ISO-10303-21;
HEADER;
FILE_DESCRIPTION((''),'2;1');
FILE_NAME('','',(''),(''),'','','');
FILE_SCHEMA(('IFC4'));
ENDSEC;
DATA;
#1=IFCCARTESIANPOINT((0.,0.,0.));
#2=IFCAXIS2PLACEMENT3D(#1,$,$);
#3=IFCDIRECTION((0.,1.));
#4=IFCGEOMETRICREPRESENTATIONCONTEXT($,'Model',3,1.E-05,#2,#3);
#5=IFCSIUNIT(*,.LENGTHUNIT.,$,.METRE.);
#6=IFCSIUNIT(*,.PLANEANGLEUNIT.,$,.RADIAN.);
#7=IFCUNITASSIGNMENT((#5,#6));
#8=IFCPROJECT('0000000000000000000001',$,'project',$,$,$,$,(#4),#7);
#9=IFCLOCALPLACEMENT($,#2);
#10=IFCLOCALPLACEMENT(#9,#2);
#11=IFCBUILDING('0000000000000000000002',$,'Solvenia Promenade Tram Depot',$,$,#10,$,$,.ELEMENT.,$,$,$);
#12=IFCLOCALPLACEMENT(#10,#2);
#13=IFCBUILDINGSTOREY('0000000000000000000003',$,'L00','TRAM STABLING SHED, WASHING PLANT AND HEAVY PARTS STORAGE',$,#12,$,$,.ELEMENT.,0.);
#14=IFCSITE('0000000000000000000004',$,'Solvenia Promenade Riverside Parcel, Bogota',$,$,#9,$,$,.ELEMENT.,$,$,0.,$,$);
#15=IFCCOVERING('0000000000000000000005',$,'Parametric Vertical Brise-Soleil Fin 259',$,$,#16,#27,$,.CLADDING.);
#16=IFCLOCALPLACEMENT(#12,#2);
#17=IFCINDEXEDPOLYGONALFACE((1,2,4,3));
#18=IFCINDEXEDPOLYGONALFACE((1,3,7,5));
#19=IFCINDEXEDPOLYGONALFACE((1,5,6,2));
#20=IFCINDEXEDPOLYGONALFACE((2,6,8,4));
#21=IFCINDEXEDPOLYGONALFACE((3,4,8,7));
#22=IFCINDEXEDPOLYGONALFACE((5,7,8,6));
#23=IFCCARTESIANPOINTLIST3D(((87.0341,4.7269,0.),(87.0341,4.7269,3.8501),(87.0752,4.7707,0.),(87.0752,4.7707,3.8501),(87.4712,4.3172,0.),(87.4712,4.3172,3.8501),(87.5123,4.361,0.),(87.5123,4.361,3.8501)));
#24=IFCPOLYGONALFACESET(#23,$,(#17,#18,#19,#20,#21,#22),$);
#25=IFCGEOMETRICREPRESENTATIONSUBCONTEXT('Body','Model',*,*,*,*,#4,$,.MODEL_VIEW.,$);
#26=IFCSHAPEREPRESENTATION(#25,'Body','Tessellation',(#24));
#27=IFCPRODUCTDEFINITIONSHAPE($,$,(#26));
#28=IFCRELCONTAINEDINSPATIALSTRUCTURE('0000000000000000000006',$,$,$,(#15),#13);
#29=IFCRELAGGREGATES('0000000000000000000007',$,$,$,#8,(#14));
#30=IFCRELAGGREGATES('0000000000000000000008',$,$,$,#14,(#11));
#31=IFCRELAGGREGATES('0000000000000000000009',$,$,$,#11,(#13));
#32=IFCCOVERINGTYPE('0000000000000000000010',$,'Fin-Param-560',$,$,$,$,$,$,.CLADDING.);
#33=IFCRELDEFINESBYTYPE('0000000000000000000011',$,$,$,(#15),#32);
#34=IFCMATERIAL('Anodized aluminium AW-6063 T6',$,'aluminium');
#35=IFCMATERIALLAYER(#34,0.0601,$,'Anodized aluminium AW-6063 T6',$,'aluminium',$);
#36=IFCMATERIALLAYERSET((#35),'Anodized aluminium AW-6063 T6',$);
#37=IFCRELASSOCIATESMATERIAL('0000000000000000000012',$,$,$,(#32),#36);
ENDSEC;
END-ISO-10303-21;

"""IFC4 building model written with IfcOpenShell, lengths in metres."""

from ifc_helpers import new_model, si_unit, direction, frame, origin, origin_2d, place, context, subcontext, project, spatial, rectangle, extrude, material, layer, layer_set, type_object, element, save


model = new_model("IFC4")

# Units and contexts
model_context = context("Model", 3, precision=1e-05, world=origin(), true_north=direction((0.0, 1.0)))
body_context = subcontext(model_context, "Body", "Model", "MODEL_VIEW")
ifc_project = project(units=[si_unit("LENGTHUNIT", "METRE"), si_unit("PLANEANGLEUNIT", "RADIAN")], contexts=[model_context])

# Site, building, storey
site_placement = place(None, origin())
site = spatial("IfcSite", under=ifc_project, at=site_placement, Name="Solvenia Promenade Riverside Parcel, Bogota", CompositionType="ELEMENT", RefElevation=0.0)
building_placement = place(site_placement, origin())
building = spatial("IfcBuilding", under=site, at=building_placement, Name="Solvenia Promenade Tram Depot", CompositionType="ELEMENT")
storey_placement = place(building_placement, origin())
storey = spatial("IfcBuildingStorey", under=building, at=storey_placement, Name="L00", Description="TRAM STABLING SHED, WASHING PLANT AND HEAVY PARTS STORAGE", CompositionType="ELEMENT", Elevation=0.0)

# Shared definitions
ifc_material_1 = material(Name="Anodized aluminium AW-6063 T6", Category="aluminium")

# Covering
ifc_layer_1 = layer(ifc_material_1, 0.0601, Name="Anodized aluminium AW-6063 T6", Category="aluminium")
ifc_layer_set_1 = layer_set([ifc_layer_1], Name="Anodized aluminium AW-6063 T6")
covering_type = type_object("IfcCoveringType", Name="Fin-Param-560", PredefinedType="CLADDING", material=ifc_layer_set_1)
covering_1_placement = place(storey_placement, frame((87.2732, 4.5439, 0.0), z_axis=(0.0, 0.0, 1.0), x_axis=(0.683911, 0.729566, 0.0)))
element("IfcCovering", 1, at=covering_1_placement, inside=storey, type_object=covering_type, Name="Parametric Vertical Brise-Soleil Fin 259", PredefinedType="CLADDING", context=body_context, shape_type="SweptSolid", body=[
    extrude(rectangle(XDim=0.0601, YDim=0.5991, at=origin_2d()), origin(), (0.0, 0.0, 1.0), 3.8501),
])

save(model, "model.ifc")
